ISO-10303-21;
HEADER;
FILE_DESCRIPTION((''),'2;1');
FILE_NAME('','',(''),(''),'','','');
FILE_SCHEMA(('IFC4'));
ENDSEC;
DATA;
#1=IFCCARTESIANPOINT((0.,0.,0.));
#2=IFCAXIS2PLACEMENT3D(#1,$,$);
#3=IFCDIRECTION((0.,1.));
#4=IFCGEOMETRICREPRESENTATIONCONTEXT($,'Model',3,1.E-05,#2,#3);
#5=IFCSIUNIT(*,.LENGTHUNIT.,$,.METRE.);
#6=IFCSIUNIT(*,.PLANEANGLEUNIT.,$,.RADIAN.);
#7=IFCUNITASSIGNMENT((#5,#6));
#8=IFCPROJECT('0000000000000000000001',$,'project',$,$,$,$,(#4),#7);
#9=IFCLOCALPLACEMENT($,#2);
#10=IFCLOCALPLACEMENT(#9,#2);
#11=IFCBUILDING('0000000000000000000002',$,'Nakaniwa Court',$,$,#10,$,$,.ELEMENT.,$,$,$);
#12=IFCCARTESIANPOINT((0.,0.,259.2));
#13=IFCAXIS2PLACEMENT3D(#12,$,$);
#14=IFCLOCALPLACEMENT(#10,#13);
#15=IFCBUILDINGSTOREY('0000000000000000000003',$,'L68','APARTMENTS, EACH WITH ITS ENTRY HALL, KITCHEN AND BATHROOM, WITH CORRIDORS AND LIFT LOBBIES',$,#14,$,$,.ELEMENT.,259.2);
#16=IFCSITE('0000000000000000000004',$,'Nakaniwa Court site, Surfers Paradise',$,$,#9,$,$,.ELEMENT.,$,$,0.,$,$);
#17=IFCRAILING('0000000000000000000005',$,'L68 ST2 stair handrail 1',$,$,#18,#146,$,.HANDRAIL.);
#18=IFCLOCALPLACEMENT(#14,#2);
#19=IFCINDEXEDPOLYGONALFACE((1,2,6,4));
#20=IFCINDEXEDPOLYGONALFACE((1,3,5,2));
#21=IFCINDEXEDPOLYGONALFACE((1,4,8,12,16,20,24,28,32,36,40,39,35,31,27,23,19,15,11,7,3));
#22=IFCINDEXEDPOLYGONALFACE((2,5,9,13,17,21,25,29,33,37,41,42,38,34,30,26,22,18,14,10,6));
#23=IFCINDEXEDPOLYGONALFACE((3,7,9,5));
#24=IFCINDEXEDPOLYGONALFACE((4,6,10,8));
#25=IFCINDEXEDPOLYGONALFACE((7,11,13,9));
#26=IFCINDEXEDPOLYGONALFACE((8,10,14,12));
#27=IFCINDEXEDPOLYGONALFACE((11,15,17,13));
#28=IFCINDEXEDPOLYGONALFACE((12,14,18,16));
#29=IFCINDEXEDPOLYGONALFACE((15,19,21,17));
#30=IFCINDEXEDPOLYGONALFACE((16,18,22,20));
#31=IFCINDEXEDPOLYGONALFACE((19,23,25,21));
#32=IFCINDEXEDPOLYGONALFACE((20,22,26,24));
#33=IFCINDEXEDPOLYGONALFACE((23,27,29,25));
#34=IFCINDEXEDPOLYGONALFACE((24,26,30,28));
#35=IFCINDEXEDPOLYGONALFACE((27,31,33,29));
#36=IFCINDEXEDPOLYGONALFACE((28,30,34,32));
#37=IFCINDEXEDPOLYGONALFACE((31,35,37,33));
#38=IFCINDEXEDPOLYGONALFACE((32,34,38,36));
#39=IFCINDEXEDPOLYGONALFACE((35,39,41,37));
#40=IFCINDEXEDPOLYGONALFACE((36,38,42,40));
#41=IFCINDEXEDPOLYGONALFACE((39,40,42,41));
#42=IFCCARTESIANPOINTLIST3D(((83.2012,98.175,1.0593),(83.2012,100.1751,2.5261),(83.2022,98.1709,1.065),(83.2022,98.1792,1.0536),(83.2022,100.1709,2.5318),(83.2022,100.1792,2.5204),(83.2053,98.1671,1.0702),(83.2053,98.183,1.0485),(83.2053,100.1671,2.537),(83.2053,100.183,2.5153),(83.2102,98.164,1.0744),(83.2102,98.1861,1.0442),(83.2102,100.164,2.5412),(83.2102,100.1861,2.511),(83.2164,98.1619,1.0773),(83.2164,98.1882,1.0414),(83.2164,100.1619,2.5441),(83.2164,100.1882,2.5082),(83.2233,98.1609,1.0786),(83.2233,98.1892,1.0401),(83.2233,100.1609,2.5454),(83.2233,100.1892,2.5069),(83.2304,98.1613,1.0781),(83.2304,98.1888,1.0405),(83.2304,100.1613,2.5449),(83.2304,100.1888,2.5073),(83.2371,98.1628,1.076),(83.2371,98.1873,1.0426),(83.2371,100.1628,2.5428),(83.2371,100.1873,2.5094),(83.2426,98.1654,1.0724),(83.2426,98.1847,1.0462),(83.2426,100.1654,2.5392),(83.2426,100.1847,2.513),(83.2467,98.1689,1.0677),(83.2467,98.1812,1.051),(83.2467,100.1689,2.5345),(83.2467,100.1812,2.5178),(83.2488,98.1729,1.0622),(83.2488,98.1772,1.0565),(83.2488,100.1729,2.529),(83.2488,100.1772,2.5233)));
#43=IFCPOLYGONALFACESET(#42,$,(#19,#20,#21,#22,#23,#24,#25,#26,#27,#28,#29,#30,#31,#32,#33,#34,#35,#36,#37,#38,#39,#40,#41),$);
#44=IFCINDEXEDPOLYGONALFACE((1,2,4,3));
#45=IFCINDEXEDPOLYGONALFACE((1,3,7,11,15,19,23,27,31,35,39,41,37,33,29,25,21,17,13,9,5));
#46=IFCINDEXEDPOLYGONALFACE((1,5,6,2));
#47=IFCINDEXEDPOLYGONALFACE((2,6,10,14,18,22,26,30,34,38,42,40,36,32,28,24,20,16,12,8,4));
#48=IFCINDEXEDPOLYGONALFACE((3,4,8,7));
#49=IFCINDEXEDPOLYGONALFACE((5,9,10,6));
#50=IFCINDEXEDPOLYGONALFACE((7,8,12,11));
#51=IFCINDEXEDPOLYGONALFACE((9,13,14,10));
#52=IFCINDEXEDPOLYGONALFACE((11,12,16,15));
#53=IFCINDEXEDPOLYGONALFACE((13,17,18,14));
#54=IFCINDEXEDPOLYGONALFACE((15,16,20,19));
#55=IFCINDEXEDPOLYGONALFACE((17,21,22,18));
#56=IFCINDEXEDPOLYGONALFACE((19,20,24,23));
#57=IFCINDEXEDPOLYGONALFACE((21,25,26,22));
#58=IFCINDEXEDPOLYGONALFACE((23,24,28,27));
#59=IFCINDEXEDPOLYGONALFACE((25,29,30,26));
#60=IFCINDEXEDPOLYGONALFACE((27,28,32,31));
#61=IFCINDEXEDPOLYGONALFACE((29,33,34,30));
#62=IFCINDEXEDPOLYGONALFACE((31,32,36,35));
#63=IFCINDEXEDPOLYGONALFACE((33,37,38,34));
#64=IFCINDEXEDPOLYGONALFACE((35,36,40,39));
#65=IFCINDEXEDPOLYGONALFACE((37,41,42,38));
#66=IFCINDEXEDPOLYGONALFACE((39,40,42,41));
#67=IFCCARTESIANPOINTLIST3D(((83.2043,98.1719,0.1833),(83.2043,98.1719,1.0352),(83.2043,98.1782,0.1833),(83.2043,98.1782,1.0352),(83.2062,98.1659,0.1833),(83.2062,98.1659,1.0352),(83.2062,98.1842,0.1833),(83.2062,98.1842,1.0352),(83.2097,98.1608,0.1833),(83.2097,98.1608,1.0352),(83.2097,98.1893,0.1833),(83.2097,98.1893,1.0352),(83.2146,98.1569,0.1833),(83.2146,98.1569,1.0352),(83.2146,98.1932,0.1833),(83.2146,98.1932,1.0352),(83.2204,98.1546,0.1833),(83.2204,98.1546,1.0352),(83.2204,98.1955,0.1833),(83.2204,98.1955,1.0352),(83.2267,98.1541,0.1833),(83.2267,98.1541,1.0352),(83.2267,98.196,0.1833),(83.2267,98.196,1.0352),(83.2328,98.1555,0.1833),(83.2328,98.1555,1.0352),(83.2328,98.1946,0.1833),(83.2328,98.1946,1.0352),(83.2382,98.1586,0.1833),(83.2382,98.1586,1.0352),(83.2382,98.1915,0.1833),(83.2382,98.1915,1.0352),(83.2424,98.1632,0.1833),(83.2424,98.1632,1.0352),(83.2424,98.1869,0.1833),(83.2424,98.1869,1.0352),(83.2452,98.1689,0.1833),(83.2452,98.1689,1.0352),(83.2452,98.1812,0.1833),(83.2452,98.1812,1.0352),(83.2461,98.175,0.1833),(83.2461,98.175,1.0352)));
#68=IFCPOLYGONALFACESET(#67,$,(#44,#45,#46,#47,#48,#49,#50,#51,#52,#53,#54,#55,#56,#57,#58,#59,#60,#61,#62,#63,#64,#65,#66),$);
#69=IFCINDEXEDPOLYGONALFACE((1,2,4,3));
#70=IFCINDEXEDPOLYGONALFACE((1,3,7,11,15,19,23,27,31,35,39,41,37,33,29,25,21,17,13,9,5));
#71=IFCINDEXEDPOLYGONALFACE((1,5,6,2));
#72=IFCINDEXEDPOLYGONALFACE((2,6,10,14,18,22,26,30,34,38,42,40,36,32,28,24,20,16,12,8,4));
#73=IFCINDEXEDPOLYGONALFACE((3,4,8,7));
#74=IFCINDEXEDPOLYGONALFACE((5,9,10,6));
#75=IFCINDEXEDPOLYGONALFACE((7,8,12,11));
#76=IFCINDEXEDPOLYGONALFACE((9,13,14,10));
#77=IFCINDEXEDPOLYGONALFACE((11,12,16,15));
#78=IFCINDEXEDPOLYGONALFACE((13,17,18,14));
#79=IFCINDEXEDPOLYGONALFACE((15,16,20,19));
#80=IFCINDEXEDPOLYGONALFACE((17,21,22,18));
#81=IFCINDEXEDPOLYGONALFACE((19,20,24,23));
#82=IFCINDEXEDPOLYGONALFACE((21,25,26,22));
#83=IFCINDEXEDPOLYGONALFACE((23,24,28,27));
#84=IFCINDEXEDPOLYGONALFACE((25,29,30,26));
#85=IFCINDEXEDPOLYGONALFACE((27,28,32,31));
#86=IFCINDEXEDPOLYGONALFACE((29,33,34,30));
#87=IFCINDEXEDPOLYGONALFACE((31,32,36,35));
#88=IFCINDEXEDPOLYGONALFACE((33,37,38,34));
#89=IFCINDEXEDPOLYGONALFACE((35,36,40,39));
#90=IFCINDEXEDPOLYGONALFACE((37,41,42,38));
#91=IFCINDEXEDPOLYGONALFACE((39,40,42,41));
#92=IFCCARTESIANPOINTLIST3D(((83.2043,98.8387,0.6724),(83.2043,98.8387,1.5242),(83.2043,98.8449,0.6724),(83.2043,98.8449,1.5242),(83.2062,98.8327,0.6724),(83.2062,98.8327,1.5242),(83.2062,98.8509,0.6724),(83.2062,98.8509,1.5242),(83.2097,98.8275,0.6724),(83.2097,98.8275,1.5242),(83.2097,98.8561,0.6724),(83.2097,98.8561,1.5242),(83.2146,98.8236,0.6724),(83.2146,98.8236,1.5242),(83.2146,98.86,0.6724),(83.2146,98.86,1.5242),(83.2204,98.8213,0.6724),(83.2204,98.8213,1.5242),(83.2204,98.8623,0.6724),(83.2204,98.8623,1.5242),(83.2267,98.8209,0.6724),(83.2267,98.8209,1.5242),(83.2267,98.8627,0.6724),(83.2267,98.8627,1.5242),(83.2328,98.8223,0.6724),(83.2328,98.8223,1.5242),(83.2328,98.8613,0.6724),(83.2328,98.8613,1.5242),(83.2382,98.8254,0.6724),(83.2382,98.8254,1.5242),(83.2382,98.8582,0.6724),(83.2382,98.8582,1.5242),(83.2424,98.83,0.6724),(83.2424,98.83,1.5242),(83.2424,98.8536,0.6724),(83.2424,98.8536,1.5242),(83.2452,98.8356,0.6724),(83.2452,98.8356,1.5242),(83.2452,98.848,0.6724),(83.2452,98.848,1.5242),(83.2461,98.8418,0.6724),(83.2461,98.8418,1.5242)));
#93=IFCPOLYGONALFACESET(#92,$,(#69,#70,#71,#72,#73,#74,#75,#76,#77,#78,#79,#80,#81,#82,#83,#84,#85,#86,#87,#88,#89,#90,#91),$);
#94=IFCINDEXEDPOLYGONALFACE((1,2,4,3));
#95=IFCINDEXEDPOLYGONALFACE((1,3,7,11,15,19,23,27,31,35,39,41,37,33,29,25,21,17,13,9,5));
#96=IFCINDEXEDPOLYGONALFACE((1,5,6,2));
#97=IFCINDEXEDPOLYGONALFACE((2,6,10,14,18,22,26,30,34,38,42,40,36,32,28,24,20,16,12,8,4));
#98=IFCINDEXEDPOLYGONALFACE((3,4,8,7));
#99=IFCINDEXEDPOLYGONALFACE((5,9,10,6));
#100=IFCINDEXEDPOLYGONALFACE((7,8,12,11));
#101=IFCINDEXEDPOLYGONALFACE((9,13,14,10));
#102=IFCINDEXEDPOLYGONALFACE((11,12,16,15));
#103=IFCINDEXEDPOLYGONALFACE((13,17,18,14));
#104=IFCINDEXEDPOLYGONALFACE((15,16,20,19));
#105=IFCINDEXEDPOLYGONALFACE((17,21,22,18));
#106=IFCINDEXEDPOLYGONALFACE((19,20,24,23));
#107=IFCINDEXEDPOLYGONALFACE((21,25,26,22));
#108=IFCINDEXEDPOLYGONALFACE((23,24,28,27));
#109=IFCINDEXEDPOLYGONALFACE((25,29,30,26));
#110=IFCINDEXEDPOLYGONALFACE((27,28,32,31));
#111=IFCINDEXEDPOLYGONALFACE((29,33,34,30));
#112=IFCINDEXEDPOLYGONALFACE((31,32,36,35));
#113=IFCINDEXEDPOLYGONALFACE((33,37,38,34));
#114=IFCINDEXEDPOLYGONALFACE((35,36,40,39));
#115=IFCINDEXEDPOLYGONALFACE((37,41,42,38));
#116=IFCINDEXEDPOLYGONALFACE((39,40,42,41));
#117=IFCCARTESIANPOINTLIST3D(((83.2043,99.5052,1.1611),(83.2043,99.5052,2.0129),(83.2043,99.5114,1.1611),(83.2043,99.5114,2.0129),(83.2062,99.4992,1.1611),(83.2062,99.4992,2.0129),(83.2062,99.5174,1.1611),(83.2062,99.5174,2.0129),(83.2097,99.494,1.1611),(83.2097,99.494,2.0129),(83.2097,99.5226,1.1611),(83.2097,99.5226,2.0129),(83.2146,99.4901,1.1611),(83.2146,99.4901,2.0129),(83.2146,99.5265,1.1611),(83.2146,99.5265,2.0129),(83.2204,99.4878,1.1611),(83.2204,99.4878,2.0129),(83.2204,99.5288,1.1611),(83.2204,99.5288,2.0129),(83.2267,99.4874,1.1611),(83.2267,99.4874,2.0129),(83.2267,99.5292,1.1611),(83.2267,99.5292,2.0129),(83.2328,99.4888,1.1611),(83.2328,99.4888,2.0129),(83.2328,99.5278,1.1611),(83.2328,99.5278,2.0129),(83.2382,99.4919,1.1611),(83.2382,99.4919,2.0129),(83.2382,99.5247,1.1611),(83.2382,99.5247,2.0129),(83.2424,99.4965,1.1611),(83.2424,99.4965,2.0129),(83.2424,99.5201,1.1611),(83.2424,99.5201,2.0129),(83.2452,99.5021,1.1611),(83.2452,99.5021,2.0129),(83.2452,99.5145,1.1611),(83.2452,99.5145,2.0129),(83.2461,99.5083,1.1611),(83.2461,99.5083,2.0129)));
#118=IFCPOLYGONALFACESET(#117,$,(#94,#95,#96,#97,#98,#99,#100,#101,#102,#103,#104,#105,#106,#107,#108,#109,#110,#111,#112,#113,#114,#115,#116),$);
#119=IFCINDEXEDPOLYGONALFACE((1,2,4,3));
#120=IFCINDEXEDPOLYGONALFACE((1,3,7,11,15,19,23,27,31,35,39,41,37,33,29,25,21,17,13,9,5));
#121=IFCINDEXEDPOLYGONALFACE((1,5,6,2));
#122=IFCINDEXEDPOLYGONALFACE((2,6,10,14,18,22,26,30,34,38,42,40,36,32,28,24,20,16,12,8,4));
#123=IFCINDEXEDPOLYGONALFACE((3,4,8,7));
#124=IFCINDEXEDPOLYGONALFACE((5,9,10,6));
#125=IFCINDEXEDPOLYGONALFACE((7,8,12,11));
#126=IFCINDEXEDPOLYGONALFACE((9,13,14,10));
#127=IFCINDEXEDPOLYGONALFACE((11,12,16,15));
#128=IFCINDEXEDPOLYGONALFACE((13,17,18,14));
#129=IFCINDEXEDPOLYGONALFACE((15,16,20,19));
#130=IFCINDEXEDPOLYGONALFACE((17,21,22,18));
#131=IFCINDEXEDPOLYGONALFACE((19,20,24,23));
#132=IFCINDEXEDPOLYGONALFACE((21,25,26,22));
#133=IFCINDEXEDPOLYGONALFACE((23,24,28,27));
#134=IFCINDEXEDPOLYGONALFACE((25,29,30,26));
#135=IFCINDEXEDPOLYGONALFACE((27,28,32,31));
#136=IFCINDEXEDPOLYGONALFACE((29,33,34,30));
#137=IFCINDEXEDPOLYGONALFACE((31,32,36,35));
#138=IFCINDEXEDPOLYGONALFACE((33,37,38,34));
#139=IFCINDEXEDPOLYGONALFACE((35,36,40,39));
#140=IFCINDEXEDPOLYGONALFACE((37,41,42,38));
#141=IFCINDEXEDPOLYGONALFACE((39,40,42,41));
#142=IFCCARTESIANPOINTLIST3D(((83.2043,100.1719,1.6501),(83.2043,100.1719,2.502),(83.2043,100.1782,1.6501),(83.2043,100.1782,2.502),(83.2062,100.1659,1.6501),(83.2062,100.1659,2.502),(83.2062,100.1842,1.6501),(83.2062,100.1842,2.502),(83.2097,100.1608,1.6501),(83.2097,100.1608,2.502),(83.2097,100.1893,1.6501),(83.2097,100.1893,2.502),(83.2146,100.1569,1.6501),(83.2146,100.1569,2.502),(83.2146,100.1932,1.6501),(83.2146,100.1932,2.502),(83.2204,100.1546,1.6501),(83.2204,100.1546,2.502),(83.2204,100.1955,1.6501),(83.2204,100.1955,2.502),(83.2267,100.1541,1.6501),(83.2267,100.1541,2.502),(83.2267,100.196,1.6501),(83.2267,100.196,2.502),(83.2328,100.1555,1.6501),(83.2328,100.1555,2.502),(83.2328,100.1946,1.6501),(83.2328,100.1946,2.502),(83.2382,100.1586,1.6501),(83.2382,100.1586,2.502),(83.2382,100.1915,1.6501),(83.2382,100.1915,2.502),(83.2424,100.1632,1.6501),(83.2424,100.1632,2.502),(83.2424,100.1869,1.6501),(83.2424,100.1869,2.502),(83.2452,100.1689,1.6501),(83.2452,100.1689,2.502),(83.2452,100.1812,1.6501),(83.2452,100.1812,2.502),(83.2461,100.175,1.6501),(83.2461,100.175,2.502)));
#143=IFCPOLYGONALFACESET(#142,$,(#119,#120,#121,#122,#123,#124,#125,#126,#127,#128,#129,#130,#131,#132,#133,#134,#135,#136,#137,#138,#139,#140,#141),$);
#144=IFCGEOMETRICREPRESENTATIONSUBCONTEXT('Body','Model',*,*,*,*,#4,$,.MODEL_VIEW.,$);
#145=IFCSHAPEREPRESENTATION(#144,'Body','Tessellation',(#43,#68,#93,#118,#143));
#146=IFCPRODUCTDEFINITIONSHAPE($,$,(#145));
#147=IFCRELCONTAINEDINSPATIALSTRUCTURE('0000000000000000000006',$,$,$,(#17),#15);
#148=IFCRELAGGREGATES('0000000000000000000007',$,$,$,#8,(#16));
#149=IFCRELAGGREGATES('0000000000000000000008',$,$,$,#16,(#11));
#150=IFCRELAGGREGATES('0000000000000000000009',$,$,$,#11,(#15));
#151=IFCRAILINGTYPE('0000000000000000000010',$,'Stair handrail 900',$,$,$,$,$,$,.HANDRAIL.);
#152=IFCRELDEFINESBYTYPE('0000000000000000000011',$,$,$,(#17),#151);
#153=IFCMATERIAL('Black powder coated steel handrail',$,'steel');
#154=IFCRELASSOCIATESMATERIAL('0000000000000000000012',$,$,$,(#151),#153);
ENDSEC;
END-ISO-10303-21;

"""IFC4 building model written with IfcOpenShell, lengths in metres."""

from ifc_helpers import new_model, si_unit, direction, frame, origin, origin_2d, place, context, subcontext, project, spatial, circle, extrude, material, type_object, element, save


model = new_model("IFC4")

# Units and contexts
model_context = context("Model", 3, precision=1e-05, world=origin(), true_north=direction((0.0, 1.0)))
body_context = subcontext(model_context, "Body", "Model", "MODEL_VIEW")
ifc_project = project(units=[si_unit("LENGTHUNIT", "METRE"), si_unit("PLANEANGLEUNIT", "RADIAN")], contexts=[model_context])

# Site, building, storey
site_placement = place(None, origin())
site = spatial("IfcSite", under=ifc_project, at=site_placement, Name="Nakaniwa Court site, Surfers Paradise", CompositionType="ELEMENT", RefElevation=0.0)
building_placement = place(site_placement, origin())
building = spatial("IfcBuilding", under=site, at=building_placement, Name="Nakaniwa Court", CompositionType="ELEMENT")
storey_placement = place(building_placement, frame((0.0, 0.0, 259.2)))
storey = spatial("IfcBuildingStorey", under=building, at=storey_placement, Name="L68", Description="APARTMENTS, EACH WITH ITS ENTRY HALL, KITCHEN AND BATHROOM, WITH CORRIDORS AND LIFT LOBBIES", CompositionType="ELEMENT", Elevation=259.2)

# Railing
ifc_material_1 = material(Name="Black powder coated steel handrail", Category="steel")
railing_type_1 = type_object("IfcRailingType", Name="Stair handrail 900", PredefinedType="HANDRAIL", material=ifc_material_1)
railing_1_placement = place(storey_placement, frame((83.2251, 98.175, 0.1833)))
element("IfcRailing", 1, at=railing_1_placement, inside=storey, type_object=railing_type_1, Name="L68 ST2 stair handrail 1", PredefinedType="HANDRAIL", context=body_context, shape_type="SweptSolid", body=[
    extrude(circle(Radius=0.0239, at=origin_2d()), frame((0.0, 0.0, 0.876), z_axis=(0.0, 0.80638, 0.591398), x_axis=(-1.0, 0.0, 0.0)), (0.0, 0.0, 1.0), 2.4802),
    extrude(circle(Radius=0.021, at=origin_2d()), origin(), (0.0, 0.0, 1.0), 0.8518),
    extrude(circle(Radius=0.021, at=origin_2d()), frame((0.0, 0.6667, 0.489)), (0.0, 0.0, 1.0), 0.8518),
    extrude(circle(Radius=0.021, at=origin_2d()), frame((0.0, 1.3333, 0.9778)), (0.0, 0.0, 1.0), 0.8518),
    extrude(circle(Radius=0.021, at=origin_2d()), frame((0.0, 2.0, 1.4668)), (0.0, 0.0, 1.0), 0.8518),
])

save(model, "model.ifc")
